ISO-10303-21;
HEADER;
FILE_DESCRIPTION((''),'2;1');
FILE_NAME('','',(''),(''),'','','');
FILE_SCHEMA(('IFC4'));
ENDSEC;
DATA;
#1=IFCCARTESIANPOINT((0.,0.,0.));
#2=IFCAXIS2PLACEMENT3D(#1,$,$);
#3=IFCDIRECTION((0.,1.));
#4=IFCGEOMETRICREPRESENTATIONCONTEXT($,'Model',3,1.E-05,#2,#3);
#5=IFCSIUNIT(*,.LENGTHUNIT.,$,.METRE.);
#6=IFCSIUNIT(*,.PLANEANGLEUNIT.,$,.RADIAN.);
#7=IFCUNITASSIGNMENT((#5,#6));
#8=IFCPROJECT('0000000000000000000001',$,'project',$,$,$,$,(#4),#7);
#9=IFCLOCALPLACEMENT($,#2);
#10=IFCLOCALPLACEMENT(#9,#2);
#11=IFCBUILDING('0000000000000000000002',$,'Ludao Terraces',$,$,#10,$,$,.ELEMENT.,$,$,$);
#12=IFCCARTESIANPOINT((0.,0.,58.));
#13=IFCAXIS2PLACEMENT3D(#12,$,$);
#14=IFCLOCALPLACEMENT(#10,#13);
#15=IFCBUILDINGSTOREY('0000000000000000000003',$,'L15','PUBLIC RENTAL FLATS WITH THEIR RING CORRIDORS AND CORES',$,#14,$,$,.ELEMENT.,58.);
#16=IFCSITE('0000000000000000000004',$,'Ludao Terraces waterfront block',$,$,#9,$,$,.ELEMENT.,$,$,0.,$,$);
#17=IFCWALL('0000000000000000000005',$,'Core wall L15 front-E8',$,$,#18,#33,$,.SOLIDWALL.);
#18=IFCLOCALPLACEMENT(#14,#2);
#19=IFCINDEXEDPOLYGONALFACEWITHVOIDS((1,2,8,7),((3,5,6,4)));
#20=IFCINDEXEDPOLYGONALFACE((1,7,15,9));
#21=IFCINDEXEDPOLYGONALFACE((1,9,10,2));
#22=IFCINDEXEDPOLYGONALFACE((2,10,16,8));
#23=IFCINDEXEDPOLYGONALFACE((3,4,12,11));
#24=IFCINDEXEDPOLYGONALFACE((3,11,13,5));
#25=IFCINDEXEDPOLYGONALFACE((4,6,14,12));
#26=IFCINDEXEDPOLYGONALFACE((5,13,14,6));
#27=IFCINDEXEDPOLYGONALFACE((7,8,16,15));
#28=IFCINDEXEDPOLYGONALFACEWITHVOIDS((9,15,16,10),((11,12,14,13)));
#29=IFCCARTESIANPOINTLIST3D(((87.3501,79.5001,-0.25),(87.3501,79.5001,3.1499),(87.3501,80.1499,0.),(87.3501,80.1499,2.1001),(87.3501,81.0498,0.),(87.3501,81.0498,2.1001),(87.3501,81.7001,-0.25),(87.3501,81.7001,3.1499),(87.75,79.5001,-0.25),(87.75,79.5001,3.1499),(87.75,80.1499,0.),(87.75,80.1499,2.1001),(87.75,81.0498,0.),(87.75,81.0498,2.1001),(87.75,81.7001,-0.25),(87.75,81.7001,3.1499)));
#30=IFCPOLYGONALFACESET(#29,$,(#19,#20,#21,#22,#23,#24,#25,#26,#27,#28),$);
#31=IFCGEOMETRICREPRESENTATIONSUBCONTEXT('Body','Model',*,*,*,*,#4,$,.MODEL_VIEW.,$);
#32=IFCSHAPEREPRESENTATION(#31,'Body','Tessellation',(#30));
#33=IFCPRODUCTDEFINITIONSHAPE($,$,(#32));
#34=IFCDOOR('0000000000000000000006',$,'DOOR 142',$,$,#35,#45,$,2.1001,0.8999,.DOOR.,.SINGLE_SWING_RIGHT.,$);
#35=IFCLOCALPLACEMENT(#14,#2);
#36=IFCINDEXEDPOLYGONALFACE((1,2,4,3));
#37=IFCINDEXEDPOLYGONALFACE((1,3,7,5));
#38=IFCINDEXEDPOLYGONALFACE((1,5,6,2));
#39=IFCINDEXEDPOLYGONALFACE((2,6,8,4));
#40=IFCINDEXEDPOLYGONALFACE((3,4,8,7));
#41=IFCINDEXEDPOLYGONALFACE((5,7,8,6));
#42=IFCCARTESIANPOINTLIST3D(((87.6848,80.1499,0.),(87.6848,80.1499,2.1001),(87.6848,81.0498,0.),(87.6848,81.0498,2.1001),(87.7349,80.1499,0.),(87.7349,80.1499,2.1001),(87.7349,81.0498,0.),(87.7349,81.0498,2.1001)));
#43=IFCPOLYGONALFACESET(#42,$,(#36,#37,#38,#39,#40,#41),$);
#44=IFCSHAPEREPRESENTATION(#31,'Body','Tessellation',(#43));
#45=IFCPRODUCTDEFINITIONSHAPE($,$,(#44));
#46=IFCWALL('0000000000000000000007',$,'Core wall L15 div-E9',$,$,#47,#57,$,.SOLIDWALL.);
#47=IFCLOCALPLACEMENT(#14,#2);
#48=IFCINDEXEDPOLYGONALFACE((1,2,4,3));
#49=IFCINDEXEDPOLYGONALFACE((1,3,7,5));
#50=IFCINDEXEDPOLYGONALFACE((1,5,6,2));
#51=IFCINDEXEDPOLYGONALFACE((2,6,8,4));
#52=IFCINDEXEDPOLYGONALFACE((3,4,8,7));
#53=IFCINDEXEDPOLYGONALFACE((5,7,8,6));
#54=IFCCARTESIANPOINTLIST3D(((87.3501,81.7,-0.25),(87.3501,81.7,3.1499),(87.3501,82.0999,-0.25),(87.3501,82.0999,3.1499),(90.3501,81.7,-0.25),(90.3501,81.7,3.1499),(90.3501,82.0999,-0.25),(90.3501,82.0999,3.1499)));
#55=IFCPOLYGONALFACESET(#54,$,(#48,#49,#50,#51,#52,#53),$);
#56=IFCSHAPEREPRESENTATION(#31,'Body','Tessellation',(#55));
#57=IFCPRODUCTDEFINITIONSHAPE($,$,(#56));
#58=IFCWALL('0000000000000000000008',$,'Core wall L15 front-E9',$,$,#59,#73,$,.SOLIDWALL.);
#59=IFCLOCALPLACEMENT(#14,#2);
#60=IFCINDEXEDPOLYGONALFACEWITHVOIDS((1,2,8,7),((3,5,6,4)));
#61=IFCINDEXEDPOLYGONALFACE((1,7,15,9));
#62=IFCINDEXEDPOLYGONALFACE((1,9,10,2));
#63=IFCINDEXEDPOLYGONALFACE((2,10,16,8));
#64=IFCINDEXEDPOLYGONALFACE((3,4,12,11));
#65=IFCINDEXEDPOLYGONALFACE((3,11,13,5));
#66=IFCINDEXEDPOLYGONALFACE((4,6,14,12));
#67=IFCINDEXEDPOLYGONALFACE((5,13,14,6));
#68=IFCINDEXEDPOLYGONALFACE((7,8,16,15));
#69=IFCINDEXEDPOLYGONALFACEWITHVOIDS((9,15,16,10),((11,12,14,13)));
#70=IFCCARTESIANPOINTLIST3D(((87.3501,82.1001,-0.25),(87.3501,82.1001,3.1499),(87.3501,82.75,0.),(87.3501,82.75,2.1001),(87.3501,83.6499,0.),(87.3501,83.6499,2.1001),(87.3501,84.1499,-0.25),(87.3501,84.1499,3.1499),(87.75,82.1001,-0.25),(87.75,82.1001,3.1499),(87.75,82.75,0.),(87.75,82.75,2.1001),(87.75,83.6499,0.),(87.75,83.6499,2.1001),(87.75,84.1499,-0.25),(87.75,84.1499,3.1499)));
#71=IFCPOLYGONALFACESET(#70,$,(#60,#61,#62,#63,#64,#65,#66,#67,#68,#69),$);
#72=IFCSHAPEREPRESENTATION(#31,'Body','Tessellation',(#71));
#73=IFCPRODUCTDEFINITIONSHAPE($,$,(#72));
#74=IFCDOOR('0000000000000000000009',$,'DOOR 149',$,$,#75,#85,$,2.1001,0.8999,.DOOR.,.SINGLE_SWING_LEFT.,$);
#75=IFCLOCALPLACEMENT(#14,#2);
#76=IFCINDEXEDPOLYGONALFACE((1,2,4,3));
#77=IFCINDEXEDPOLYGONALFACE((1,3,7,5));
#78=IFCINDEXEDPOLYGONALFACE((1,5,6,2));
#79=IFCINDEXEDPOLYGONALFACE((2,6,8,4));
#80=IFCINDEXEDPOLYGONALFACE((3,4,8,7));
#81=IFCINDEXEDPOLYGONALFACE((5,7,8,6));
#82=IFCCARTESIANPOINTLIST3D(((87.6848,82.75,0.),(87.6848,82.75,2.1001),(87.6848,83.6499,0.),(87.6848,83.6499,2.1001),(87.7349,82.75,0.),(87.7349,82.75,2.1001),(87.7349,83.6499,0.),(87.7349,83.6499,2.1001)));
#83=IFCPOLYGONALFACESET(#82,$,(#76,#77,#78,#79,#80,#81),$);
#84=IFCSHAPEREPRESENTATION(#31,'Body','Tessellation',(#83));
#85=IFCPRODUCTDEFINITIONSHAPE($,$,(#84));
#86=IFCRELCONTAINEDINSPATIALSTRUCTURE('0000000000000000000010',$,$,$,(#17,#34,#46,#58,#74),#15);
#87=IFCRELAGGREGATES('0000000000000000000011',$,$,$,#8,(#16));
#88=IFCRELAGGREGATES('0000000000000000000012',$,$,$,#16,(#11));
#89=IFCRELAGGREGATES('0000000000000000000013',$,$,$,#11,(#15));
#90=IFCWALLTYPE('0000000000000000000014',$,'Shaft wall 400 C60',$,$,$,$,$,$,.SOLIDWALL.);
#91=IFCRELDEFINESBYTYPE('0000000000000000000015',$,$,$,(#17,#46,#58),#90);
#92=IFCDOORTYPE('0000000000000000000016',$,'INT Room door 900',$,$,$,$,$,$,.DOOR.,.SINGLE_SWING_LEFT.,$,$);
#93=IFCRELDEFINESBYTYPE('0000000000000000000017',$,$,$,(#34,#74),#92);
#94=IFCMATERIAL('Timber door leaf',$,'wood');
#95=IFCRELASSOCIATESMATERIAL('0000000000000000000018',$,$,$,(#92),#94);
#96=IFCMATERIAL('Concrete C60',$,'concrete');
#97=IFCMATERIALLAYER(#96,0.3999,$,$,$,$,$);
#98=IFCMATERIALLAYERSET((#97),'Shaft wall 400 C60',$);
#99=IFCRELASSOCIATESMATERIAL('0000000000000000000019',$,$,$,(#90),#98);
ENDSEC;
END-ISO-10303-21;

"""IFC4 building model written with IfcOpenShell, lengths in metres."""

from ifc_helpers import new_model, si_unit, direction, frame, frame_2d, origin, place, context, subcontext, project, spatial, rectangle, extrude, material, layer, layer_set, type_object, element, fill, save


model = new_model("IFC4")

# Units and contexts
model_context = context("Model", 3, precision=1e-05, world=origin(), true_north=direction((0.0, 1.0)))
body_context = subcontext(model_context, "Body", "Model", "MODEL_VIEW")
ifc_project = project(units=[si_unit("LENGTHUNIT", "METRE"), si_unit("PLANEANGLEUNIT", "RADIAN")], contexts=[model_context])

# Site, building, storey
site_placement = place(None, origin())
site = spatial("IfcSite", under=ifc_project, at=site_placement, Name="Ludao Terraces waterfront block", CompositionType="ELEMENT", RefElevation=0.0)
building_placement = place(site_placement, origin())
building = spatial("IfcBuilding", under=site, at=building_placement, Name="Ludao Terraces", CompositionType="ELEMENT")
storey_placement = place(building_placement, frame((0.0, 0.0, 58.0)))
storey = spatial("IfcBuildingStorey", under=building, at=storey_placement, Name="L15", Description="PUBLIC RENTAL FLATS WITH THEIR RING CORRIDORS AND CORES", CompositionType="ELEMENT", Elevation=58.0)

# Shared definitions
ifc_material_1 = material(Name="Timber door leaf", Category="wood")
door_type_1 = type_object("IfcDoorType", Name="INT Room door 900", OperationType="SINGLE_SWING_LEFT", PredefinedType="DOOR", material=ifc_material_1)
ifc_material_2 = material(Name="Concrete C60", Category="concrete")
ifc_layer_1 = layer(ifc_material_2, 0.3999)
ifc_layer_set_1 = layer_set([ifc_layer_1], Name="Shaft wall 400 C60")
wall_type_1 = type_object("IfcWallType", Name="Shaft wall 400 C60", PredefinedType="SOLIDWALL", material=ifc_layer_set_1)

# Wall, opening, door
wall_1_placement = place(storey_placement, frame((87.55, 79.5, -0.25), z_axis=(0.0, 0.0, 1.0), x_axis=(0.0, 1.0, 0.0)))
wall_1 = element("IfcWall", 1, at=wall_1_placement, inside=storey, type_object=wall_type_1, Name="Core wall L15 front-E8", PredefinedType="SOLIDWALL", context=body_context, shape_type="SweptSolid", body=[
    extrude(rectangle(XDim=2.2, YDim=0.3999, at=frame_2d((1.1001, 0.0))), origin(), (0.0, 0.0, 1.0), 3.3999),
])
opening_1_placement = place(wall_1_placement, frame((0.6499, 0.0, 0.25)))
opening_1 = element("IfcOpeningElement", 2, at=opening_1_placement, cuts=wall_1, PredefinedType="OPENING", context=body_context, shape_type="SweptSolid", body=[
    extrude(rectangle(XDim=0.8999, YDim=2.1001, at=frame_2d((0.45, 1.05))), frame((0.0, 0.21, 0.0), z_axis=(0.0, -1.0, 0.0), x_axis=(1.0, 0.0, 0.0)), (0.0, 0.0, 1.0), 0.4199),
])
door_1_placement = place(opening_1_placement, origin())
door_1 = element("IfcDoor", 3, at=door_1_placement, inside=storey, type_object=door_type_1, Name="DOOR 142", OperationType="SINGLE_SWING_RIGHT", OverallHeight=2.1001, OverallWidth=0.8999, PredefinedType="DOOR", context=body_context, shape_type="SweptSolid", body=[
    extrude(rectangle(XDim=0.8999, YDim=2.1001, at=frame_2d((0.45, 1.05))), frame((0.0, -0.1348, 0.0), z_axis=(0.0, -1.0, 0.0), x_axis=(1.0, 0.0, 0.0)), (0.0, 0.0, 1.0), 0.05),
])
fill(opening_1, door_1)

# Wall
wall_2_placement = place(storey_placement, frame((87.3501, 81.8999, -0.25), z_axis=(0.0, 0.0, 1.0), x_axis=(1.0, 0.0, 0.0)))
element("IfcWall", 4, at=wall_2_placement, inside=storey, type_object=wall_type_1, Name="Core wall L15 div-E9", PredefinedType="SOLIDWALL", context=body_context, shape_type="SweptSolid", body=[
    extrude(rectangle(XDim=3.0, YDim=0.3999, at=frame_2d((1.5, 0.0))), origin(), (0.0, 0.0, 1.0), 3.3999),
])

# Wall, opening, door
wall_3_placement = place(storey_placement, frame((87.55, 82.1001, -0.25), z_axis=(0.0, 0.0, 1.0), x_axis=(0.0, 1.0, 0.0)))
wall_3 = element("IfcWall", 5, at=wall_3_placement, inside=storey, type_object=wall_type_1, Name="Core wall L15 front-E9", PredefinedType="SOLIDWALL", context=body_context, shape_type="SweptSolid", body=[
    extrude(rectangle(XDim=2.0498, YDim=0.3999, at=frame_2d((1.0249, 0.0))), origin(), (0.0, 0.0, 1.0), 3.3999),
])
opening_2_placement = place(wall_3_placement, frame((0.6499, 0.0, 0.25)))
opening_2 = element("IfcOpeningElement", 6, at=opening_2_placement, cuts=wall_3, PredefinedType="OPENING", context=body_context, shape_type="SweptSolid", body=[
    extrude(rectangle(XDim=0.8999, YDim=2.1001, at=frame_2d((0.45, 1.05))), frame((0.0, 0.21, 0.0), z_axis=(0.0, -1.0, 0.0), x_axis=(1.0, 0.0, 0.0)), (0.0, 0.0, 1.0), 0.4199),
])
door_2_placement = place(opening_2_placement, origin())
door_2 = element("IfcDoor", 7, at=door_2_placement, inside=storey, type_object=door_type_1, Name="DOOR 149", OperationType="SINGLE_SWING_LEFT", OverallHeight=2.1001, OverallWidth=0.8999, PredefinedType="DOOR", context=body_context, shape_type="SweptSolid", body=[
    extrude(rectangle(XDim=0.8999, YDim=2.1001, at=frame_2d((0.45, 1.05))), frame((0.0, -0.1348, 0.0), z_axis=(0.0, -1.0, 0.0), x_axis=(1.0, 0.0, 0.0)), (0.0, 0.0, 1.0), 0.05),
])
fill(opening_2, door_2)

save(model, "model.ifc")
